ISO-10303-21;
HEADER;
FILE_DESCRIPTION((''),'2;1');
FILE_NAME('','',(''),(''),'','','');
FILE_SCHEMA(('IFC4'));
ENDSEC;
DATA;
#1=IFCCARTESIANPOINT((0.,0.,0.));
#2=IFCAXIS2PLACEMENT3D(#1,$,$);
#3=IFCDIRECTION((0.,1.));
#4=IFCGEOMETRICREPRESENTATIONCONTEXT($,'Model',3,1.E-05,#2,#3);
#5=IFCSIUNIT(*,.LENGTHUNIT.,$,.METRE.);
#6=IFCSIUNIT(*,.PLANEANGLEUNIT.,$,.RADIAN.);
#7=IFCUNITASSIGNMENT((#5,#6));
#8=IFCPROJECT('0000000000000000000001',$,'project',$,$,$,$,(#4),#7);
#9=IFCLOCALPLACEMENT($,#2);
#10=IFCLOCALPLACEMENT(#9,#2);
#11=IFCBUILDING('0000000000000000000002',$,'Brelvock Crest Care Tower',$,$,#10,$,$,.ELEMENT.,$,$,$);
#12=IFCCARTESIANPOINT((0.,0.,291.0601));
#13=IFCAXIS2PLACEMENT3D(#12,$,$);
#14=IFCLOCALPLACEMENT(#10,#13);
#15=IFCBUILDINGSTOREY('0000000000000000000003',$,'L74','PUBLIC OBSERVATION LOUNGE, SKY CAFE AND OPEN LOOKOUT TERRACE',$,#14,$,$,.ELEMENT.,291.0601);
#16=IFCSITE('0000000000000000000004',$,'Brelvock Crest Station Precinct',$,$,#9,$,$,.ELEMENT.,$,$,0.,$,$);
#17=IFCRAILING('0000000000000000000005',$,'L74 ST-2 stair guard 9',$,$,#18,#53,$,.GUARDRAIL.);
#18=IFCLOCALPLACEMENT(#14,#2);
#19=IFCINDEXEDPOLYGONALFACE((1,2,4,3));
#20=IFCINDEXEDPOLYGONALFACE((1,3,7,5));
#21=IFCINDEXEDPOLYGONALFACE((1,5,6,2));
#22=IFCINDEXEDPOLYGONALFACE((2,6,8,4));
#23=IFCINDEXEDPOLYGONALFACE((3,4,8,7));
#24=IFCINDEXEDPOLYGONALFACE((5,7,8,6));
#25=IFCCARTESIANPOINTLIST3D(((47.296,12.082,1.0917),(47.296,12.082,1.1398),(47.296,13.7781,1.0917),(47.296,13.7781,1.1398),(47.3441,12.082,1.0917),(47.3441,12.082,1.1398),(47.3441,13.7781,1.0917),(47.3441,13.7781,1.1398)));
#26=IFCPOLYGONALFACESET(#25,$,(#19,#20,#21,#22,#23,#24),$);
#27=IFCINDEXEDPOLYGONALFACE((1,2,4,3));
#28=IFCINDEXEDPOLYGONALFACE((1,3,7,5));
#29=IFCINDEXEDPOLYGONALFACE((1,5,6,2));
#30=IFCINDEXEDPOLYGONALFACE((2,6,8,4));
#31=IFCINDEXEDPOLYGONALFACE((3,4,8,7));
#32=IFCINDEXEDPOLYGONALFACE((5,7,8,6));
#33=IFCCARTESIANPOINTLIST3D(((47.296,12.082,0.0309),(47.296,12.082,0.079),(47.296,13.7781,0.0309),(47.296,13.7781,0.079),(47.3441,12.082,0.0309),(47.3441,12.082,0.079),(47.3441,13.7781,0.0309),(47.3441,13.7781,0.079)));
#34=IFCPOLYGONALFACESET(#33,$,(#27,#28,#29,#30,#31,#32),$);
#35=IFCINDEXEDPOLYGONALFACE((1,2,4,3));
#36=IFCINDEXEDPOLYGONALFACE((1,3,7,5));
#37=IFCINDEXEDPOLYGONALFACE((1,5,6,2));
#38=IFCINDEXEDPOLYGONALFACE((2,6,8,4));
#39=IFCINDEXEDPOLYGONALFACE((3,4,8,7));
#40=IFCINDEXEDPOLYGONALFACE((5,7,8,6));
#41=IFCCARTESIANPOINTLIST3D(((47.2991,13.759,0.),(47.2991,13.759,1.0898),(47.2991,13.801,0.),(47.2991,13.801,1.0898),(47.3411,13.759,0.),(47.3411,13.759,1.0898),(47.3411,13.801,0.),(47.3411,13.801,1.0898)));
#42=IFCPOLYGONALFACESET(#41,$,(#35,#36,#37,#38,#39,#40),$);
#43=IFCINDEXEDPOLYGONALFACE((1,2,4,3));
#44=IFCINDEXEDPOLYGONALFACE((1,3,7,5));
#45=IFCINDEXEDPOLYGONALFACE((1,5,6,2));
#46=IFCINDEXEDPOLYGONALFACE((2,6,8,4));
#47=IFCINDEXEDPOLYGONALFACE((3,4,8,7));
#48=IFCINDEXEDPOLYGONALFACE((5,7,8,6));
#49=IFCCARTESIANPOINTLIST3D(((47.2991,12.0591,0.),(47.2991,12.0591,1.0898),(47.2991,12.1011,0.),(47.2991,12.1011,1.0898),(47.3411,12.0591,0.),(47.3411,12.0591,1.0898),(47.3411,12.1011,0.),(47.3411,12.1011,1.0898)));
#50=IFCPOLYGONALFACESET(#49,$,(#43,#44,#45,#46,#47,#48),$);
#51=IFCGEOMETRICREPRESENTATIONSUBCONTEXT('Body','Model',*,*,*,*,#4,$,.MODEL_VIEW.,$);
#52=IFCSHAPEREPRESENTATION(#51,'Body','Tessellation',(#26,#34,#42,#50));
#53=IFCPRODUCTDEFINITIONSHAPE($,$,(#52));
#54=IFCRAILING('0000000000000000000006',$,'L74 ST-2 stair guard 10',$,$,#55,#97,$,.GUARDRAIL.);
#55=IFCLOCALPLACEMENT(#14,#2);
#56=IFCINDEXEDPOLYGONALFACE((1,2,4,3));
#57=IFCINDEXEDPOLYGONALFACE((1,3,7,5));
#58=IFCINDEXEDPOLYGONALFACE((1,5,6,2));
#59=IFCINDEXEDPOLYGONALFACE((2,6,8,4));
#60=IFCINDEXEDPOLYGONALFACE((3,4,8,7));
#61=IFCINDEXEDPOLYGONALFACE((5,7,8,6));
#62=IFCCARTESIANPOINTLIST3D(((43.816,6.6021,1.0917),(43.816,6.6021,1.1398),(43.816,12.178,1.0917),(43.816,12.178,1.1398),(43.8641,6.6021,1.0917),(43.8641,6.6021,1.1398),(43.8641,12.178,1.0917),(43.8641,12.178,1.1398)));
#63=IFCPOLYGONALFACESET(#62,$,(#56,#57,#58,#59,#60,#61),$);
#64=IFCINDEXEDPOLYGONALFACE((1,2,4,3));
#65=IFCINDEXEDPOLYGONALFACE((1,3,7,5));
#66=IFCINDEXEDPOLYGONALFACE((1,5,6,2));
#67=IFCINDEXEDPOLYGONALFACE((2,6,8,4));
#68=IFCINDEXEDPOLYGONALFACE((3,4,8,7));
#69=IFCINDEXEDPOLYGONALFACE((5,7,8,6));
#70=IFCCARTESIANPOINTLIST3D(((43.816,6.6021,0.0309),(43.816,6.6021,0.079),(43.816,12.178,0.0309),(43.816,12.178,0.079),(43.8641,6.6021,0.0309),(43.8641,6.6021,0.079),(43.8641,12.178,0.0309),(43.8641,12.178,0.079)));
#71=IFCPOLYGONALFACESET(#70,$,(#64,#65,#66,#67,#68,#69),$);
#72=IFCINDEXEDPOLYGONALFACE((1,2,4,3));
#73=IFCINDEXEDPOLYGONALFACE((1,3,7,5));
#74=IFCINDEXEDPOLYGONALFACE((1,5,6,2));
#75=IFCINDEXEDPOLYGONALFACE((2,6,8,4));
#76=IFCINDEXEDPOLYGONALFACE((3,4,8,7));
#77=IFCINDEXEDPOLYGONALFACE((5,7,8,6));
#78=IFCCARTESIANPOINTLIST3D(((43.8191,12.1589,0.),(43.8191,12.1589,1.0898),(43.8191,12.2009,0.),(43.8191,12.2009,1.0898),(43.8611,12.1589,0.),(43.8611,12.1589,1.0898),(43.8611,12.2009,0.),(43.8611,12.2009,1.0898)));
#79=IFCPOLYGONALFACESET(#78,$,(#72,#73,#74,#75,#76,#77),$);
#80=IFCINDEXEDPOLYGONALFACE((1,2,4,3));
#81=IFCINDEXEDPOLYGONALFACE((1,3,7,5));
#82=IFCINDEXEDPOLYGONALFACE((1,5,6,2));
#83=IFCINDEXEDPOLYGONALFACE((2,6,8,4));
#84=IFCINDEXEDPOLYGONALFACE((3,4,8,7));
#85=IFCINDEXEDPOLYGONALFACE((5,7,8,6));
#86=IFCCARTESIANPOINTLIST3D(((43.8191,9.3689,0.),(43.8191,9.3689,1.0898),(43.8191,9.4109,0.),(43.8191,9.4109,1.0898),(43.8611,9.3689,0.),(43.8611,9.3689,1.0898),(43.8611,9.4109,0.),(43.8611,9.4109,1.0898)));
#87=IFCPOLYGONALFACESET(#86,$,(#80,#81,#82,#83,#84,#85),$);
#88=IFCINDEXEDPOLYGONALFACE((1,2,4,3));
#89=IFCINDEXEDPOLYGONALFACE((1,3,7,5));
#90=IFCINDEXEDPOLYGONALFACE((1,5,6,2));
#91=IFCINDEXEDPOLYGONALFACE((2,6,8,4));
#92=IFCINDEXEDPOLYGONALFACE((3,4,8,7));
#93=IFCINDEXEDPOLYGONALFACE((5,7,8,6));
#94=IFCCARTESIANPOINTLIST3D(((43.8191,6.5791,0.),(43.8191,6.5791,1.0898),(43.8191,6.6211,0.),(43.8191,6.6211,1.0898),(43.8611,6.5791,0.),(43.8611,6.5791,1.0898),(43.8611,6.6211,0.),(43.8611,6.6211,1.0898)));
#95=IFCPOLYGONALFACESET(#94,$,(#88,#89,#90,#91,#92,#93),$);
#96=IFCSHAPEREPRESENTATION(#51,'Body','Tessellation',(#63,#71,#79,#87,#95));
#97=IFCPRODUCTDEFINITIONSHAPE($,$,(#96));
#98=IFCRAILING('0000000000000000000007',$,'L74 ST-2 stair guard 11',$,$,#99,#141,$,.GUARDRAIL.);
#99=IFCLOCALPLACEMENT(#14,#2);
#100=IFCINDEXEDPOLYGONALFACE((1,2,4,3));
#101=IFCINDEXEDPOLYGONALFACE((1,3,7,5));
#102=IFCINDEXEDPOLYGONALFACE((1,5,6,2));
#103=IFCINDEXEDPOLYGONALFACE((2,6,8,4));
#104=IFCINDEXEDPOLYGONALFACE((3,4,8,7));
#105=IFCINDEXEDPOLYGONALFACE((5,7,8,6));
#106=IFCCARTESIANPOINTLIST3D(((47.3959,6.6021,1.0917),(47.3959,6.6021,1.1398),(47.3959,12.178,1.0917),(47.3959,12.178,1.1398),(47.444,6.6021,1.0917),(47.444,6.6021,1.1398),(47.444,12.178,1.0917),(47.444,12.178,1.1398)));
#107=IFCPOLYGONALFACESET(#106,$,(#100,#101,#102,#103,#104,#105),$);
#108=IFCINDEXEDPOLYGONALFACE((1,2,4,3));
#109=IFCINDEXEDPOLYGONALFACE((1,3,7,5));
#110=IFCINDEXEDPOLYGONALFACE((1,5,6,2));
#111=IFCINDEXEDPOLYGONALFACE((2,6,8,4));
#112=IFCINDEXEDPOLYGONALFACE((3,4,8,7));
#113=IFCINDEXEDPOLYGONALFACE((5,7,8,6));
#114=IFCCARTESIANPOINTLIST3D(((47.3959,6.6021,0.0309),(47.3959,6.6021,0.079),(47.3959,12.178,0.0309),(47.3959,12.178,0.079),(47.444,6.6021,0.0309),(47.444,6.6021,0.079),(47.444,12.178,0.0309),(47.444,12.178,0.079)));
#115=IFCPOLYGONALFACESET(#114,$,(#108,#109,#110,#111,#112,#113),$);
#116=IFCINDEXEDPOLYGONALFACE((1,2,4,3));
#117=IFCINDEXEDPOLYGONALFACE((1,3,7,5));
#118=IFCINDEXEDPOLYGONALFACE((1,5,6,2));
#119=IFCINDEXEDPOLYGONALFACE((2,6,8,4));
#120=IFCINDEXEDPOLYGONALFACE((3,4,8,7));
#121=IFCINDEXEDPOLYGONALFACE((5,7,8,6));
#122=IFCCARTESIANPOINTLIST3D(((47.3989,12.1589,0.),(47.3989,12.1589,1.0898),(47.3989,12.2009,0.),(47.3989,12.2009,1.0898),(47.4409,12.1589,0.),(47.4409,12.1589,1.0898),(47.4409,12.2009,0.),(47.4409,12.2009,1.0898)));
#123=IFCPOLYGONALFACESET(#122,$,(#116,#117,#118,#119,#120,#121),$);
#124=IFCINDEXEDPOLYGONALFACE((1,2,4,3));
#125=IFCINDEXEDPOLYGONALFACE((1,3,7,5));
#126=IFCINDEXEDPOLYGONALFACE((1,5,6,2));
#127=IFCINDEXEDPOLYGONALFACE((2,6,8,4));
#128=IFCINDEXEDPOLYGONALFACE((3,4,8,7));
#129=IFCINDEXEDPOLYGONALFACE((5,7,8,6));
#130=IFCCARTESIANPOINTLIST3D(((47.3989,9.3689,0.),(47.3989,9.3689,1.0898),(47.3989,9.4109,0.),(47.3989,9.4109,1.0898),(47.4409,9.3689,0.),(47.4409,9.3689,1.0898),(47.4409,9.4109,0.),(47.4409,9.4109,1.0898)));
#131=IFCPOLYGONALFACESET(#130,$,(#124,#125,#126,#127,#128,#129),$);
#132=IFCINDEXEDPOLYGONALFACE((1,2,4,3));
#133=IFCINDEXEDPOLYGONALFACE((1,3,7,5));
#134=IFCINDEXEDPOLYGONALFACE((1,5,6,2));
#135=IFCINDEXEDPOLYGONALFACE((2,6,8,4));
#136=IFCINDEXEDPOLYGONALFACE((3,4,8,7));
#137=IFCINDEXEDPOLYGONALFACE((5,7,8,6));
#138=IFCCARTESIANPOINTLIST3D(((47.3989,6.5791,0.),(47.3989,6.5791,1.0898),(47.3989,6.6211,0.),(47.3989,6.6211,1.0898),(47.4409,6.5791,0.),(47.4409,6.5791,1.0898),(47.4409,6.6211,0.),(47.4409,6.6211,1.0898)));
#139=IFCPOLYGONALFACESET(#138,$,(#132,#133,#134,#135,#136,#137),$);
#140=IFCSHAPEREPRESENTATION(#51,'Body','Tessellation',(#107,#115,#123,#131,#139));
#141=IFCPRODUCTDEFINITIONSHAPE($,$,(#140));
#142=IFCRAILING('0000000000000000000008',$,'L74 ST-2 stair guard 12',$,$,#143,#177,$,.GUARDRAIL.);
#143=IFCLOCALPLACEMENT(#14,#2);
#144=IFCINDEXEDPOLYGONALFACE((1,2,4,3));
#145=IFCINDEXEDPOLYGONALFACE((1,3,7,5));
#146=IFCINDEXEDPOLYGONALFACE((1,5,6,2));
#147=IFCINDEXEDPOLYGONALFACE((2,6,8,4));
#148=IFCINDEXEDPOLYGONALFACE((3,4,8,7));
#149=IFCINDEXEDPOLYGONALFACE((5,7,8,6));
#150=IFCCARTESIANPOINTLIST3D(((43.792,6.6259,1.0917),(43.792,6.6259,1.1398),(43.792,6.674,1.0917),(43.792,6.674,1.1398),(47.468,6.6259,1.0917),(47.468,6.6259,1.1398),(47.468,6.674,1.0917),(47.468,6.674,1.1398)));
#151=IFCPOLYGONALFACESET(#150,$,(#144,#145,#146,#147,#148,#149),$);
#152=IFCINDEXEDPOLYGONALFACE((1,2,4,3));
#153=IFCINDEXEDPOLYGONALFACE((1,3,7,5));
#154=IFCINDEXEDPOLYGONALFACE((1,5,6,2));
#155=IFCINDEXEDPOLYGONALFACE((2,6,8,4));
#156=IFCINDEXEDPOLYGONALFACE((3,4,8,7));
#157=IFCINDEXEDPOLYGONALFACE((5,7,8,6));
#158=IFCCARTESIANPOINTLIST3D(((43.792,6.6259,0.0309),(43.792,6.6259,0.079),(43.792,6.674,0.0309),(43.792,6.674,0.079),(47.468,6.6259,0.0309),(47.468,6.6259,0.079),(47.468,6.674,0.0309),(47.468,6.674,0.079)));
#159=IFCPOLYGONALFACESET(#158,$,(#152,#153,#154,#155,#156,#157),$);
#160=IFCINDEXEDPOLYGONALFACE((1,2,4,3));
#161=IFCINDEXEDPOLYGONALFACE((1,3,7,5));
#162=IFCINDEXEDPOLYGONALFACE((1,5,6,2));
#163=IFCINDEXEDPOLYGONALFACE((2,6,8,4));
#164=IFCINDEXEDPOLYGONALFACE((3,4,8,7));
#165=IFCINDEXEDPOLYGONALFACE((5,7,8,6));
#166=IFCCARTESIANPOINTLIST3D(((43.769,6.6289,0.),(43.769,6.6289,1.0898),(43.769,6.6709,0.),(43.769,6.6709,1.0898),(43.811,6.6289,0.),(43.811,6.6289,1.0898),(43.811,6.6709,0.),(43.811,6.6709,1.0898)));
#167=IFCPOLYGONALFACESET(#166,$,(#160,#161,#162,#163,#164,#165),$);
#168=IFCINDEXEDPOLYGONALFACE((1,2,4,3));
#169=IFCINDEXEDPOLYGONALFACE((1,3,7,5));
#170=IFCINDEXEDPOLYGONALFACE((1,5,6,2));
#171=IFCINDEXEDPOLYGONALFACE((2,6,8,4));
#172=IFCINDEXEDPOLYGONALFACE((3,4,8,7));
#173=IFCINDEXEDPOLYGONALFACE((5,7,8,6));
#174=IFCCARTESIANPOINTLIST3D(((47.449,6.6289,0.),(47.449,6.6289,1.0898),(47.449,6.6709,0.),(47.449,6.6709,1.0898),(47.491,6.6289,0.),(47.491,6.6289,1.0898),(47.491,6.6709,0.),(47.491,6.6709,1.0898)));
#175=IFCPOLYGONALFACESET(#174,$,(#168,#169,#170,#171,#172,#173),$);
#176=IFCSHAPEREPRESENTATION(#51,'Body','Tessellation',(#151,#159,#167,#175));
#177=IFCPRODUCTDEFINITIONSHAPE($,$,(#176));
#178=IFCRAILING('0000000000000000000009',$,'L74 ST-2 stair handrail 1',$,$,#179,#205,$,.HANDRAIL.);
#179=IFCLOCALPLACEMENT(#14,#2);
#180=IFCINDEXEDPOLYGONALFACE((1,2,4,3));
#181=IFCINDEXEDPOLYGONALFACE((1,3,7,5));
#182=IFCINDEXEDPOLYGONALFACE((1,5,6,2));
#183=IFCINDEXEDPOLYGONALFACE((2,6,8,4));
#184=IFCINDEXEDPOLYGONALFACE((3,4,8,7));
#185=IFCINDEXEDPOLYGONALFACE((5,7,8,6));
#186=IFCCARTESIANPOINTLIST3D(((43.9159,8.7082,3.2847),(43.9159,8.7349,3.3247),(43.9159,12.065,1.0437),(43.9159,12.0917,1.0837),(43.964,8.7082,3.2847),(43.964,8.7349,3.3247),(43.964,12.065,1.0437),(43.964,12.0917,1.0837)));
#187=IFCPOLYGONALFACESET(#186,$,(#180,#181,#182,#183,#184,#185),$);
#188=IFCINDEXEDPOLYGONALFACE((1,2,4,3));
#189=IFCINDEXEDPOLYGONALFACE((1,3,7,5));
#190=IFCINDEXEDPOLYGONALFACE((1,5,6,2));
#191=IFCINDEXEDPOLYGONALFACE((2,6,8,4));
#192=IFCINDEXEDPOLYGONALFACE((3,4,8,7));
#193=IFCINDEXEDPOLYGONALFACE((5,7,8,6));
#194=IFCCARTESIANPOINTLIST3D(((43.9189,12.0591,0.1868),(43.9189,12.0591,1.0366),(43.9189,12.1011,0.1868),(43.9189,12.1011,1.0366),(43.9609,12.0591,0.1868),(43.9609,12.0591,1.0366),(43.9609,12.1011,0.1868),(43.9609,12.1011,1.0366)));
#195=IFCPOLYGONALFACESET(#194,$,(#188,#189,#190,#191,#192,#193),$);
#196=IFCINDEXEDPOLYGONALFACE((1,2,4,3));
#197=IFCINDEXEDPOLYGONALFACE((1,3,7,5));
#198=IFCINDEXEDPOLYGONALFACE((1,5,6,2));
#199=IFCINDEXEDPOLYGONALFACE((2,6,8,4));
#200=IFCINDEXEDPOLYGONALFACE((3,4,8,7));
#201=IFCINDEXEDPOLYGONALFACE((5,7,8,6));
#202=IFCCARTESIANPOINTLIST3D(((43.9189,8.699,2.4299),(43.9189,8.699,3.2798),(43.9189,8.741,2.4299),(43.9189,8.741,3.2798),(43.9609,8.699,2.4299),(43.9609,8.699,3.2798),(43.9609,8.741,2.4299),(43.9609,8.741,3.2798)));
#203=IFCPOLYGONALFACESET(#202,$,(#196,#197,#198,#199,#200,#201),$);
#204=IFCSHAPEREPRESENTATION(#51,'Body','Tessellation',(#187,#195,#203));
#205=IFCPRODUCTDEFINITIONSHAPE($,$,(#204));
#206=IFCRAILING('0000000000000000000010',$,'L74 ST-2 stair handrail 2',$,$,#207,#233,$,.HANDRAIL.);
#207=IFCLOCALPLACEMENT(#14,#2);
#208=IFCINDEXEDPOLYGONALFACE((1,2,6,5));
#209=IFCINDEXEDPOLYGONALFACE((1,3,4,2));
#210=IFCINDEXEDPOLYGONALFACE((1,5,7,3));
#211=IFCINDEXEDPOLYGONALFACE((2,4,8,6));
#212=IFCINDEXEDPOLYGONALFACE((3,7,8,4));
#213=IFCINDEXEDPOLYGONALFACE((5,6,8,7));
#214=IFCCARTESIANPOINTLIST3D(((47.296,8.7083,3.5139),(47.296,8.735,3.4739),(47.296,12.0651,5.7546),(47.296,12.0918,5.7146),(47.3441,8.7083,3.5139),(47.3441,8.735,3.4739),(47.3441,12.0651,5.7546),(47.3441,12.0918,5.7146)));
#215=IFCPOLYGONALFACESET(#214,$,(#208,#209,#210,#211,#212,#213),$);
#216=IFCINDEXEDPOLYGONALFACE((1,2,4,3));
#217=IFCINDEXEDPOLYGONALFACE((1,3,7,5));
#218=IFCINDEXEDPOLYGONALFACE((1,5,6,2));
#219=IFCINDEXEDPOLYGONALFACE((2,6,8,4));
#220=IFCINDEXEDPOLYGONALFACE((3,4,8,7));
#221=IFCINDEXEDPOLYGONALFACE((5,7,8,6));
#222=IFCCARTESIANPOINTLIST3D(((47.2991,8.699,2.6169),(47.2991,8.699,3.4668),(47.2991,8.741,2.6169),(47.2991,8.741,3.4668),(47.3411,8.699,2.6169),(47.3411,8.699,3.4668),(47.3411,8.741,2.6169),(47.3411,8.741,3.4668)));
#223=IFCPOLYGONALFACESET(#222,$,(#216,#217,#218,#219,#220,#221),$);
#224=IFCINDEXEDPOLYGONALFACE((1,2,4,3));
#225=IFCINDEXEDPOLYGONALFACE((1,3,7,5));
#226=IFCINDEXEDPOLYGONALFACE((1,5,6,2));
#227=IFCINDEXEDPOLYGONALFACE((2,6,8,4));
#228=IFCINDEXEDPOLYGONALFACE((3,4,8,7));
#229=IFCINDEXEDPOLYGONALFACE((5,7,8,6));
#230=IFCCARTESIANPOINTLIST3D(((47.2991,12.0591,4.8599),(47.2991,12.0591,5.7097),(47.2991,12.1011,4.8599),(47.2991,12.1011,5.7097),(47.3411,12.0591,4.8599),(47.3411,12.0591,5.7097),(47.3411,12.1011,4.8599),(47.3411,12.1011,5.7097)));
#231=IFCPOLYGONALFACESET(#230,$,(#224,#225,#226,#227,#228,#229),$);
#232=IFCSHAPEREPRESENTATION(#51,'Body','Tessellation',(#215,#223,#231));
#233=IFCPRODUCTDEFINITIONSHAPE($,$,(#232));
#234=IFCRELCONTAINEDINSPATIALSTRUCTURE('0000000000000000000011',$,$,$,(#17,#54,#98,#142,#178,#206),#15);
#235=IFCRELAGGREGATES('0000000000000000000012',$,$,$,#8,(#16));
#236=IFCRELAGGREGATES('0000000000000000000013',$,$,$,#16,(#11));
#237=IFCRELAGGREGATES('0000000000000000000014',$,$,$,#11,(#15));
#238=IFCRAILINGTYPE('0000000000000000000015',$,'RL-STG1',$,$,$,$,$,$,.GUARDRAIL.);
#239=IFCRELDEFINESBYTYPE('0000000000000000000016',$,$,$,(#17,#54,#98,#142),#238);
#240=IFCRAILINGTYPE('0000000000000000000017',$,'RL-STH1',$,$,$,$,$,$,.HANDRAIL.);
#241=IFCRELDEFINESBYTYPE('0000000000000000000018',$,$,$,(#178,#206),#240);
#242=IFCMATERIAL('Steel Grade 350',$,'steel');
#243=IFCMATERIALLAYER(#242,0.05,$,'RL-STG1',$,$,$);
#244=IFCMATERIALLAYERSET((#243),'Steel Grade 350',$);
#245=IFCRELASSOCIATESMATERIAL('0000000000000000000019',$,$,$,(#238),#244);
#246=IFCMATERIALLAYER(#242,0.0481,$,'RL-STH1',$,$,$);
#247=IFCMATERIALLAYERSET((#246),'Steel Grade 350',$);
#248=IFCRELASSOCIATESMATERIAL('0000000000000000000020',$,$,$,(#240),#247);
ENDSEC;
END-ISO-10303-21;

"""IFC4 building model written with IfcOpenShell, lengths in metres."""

from ifc_helpers import new_model, si_unit, direction, frame, origin, origin_2d, place, context, subcontext, project, spatial, rectangle, extrude, material, layer, layer_set, type_object, element, save


model = new_model("IFC4")

# Units and contexts
model_context = context("Model", 3, precision=1e-05, world=origin(), true_north=direction((0.0, 1.0)))
body_context = subcontext(model_context, "Body", "Model", "MODEL_VIEW")
ifc_project = project(units=[si_unit("LENGTHUNIT", "METRE"), si_unit("PLANEANGLEUNIT", "RADIAN")], contexts=[model_context])

# Site, building, storey
site_placement = place(None, origin())
site = spatial("IfcSite", under=ifc_project, at=site_placement, Name="Brelvock Crest Station Precinct", CompositionType="ELEMENT", RefElevation=0.0)
building_placement = place(site_placement, origin())
building = spatial("IfcBuilding", under=site, at=building_placement, Name="Brelvock Crest Care Tower", CompositionType="ELEMENT")
storey_placement = place(building_placement, frame((0.0, 0.0, 291.0601)))
storey = spatial("IfcBuildingStorey", under=building, at=storey_placement, Name="L74", Description="PUBLIC OBSERVATION LOUNGE, SKY CAFE AND OPEN LOOKOUT TERRACE", CompositionType="ELEMENT", Elevation=291.0601)

# Shared definitions
ifc_material_1 = material(Name="Steel Grade 350", Category="steel")

# Railings
ifc_layer_1 = layer(ifc_material_1, 0.05, Name="RL-STG1")
ifc_layer_set_1 = layer_set([ifc_layer_1], Name="Steel Grade 350")
railing_type_1 = type_object("IfcRailingType", Name="RL-STG1", PredefinedType="GUARDRAIL", material=ifc_layer_set_1)
for number, where, name in (
    (1, (47.3201, 13.78, 0.0), "L74 ST-2 stair guard 9"),
):
    element("IfcRailing", number, at=place(storey_placement, frame(where)), inside=storey, type_object=railing_type_1, Name=name, PredefinedType="GUARDRAIL", context=body_context, shape_type="SweptSolid", body=[
        extrude(rectangle(XDim=0.0481, YDim=0.0481, at=origin_2d()), frame((0.0, -0.002, 1.1157), z_axis=(0.0, -1.0, 0.0), x_axis=(1.0, 0.0, 0.0)), (0.0, 0.0, 1.0), 1.696),
        extrude(rectangle(XDim=0.0481, YDim=0.0481, at=origin_2d()), frame((0.0, -0.002, 0.0549), z_axis=(0.0, -1.0, 0.0), x_axis=(1.0, 0.0, 0.0)), (0.0, 0.0, 1.0), 1.696),
        extrude(rectangle(XDim=0.042, YDim=0.042, at=origin_2d()), origin(), (0.0, 0.0, 1.0), 1.0898),
        extrude(rectangle(XDim=0.042, YDim=0.042, at=origin_2d()), frame((0.0, -1.7, 0.0)), (0.0, 0.0, 1.0), 1.0898),
    ])
for number, where, name in (
    (2, (43.8401, 12.1799, 0.0), "L74 ST-2 stair guard 10"),
    (3, (47.4199, 12.1799, 0.0), "L74 ST-2 stair guard 11"),
):
    element("IfcRailing", number, at=place(storey_placement, frame(where)), inside=storey, type_object=railing_type_1, Name=name, PredefinedType="GUARDRAIL", context=body_context, shape_type="SweptSolid", body=[
        extrude(rectangle(XDim=0.0481, YDim=0.0481, at=origin_2d()), frame((0.0, -0.002, 1.1157), z_axis=(0.0, -1.0, 0.0), x_axis=(1.0, 0.0, 0.0)), (0.0, 0.0, 1.0), 5.5759),
        extrude(rectangle(XDim=0.0481, YDim=0.0481, at=origin_2d()), frame((0.0, -0.002, 0.0549), z_axis=(0.0, -1.0, 0.0), x_axis=(1.0, 0.0, 0.0)), (0.0, 0.0, 1.0), 5.5759),
        extrude(rectangle(XDim=0.042, YDim=0.042, at=origin_2d()), origin(), (0.0, 0.0, 1.0), 1.0898),
        extrude(rectangle(XDim=0.042, YDim=0.042, at=origin_2d()), frame((0.0, -2.79, 0.0)), (0.0, 0.0, 1.0), 1.0898),
        extrude(rectangle(XDim=0.042, YDim=0.042, at=origin_2d()), frame((0.0, -5.5798, 0.0)), (0.0, 0.0, 1.0), 1.0898),
    ])
railing_1_placement = place(storey_placement, frame((43.79, 6.6499, 0.0)))
element("IfcRailing", 4, at=railing_1_placement, inside=storey, type_object=railing_type_1, Name="L74 ST-2 stair guard 12", PredefinedType="GUARDRAIL", context=body_context, shape_type="SweptSolid", body=[
    extrude(rectangle(XDim=0.0481, YDim=0.0481, at=origin_2d()), frame((0.002, 0.0, 1.1157), z_axis=(1.0, 0.0, 0.0), x_axis=(0.0, 1.0, 0.0)), (0.0, 0.0, 1.0), 3.676),
    extrude(rectangle(XDim=0.0481, YDim=0.0481, at=origin_2d()), frame((0.002, 0.0, 0.0549), z_axis=(1.0, 0.0, 0.0), x_axis=(0.0, 1.0, 0.0)), (0.0, 0.0, 1.0), 3.676),
    extrude(rectangle(XDim=0.042, YDim=0.042, at=origin_2d()), origin(), (0.0, 0.0, 1.0), 1.0898),
    extrude(rectangle(XDim=0.042, YDim=0.042, at=origin_2d()), frame((3.6799, 0.0, 0.0)), (0.0, 0.0, 1.0), 1.0898),
])
ifc_layer_2 = layer(ifc_material_1, 0.0481, Name="RL-STH1")
ifc_layer_set_2 = layer_set([ifc_layer_2], Name="Steel Grade 350")
railing_type_2 = type_object("IfcRailingType", Name="RL-STH1", PredefinedType="HANDRAIL", material=ifc_layer_set_2)
railing_2_placement = place(storey_placement, frame((43.9399, 12.0801, 0.1868)))
element("IfcRailing", 5, at=railing_2_placement, inside=storey, type_object=railing_type_2, Name="L74 ST-2 stair handrail 1", PredefinedType="HANDRAIL", context=body_context, shape_type="SweptSolid", body=[
    extrude(rectangle(XDim=0.0481, YDim=0.0481, at=origin_2d()), frame((0.0, -0.0017, 0.877), z_axis=(0.0, -0.831697, 0.55523), x_axis=(1.0, 0.0, 0.0)), (0.0, 0.0, 1.0), 4.0361),
    extrude(rectangle(XDim=0.042, YDim=0.042, at=origin_2d()), origin(), (0.0, 0.0, 1.0), 0.8499),
    extrude(rectangle(XDim=0.042, YDim=0.042, at=origin_2d()), frame((0.0, -3.3601, 2.2432)), (0.0, 0.0, 1.0), 0.8499),
])
railing_3_placement = place(storey_placement, frame((47.3201, 8.72, 2.6169)))
element("IfcRailing", 6, at=railing_3_placement, inside=storey, type_object=railing_type_2, Name="L74 ST-2 stair handrail 2", PredefinedType="HANDRAIL", context=body_context, shape_type="SweptSolid", body=[
    extrude(rectangle(XDim=0.0481, YDim=0.0481, at=origin_2d()), frame((0.0, 0.0017, 0.877), z_axis=(0.0, 0.831725, 0.555188), x_axis=(-1.0, 0.0, 0.0)), (0.0, 0.0, 1.0), 4.0359),
    extrude(rectangle(XDim=0.042, YDim=0.042, at=origin_2d()), origin(), (0.0, 0.0, 1.0), 0.8499),
    extrude(rectangle(XDim=0.042, YDim=0.042, at=origin_2d()), frame((0.0, 3.3601, 2.2429)), (0.0, 0.0, 1.0), 0.8499),
])

save(model, "model.ifc")
